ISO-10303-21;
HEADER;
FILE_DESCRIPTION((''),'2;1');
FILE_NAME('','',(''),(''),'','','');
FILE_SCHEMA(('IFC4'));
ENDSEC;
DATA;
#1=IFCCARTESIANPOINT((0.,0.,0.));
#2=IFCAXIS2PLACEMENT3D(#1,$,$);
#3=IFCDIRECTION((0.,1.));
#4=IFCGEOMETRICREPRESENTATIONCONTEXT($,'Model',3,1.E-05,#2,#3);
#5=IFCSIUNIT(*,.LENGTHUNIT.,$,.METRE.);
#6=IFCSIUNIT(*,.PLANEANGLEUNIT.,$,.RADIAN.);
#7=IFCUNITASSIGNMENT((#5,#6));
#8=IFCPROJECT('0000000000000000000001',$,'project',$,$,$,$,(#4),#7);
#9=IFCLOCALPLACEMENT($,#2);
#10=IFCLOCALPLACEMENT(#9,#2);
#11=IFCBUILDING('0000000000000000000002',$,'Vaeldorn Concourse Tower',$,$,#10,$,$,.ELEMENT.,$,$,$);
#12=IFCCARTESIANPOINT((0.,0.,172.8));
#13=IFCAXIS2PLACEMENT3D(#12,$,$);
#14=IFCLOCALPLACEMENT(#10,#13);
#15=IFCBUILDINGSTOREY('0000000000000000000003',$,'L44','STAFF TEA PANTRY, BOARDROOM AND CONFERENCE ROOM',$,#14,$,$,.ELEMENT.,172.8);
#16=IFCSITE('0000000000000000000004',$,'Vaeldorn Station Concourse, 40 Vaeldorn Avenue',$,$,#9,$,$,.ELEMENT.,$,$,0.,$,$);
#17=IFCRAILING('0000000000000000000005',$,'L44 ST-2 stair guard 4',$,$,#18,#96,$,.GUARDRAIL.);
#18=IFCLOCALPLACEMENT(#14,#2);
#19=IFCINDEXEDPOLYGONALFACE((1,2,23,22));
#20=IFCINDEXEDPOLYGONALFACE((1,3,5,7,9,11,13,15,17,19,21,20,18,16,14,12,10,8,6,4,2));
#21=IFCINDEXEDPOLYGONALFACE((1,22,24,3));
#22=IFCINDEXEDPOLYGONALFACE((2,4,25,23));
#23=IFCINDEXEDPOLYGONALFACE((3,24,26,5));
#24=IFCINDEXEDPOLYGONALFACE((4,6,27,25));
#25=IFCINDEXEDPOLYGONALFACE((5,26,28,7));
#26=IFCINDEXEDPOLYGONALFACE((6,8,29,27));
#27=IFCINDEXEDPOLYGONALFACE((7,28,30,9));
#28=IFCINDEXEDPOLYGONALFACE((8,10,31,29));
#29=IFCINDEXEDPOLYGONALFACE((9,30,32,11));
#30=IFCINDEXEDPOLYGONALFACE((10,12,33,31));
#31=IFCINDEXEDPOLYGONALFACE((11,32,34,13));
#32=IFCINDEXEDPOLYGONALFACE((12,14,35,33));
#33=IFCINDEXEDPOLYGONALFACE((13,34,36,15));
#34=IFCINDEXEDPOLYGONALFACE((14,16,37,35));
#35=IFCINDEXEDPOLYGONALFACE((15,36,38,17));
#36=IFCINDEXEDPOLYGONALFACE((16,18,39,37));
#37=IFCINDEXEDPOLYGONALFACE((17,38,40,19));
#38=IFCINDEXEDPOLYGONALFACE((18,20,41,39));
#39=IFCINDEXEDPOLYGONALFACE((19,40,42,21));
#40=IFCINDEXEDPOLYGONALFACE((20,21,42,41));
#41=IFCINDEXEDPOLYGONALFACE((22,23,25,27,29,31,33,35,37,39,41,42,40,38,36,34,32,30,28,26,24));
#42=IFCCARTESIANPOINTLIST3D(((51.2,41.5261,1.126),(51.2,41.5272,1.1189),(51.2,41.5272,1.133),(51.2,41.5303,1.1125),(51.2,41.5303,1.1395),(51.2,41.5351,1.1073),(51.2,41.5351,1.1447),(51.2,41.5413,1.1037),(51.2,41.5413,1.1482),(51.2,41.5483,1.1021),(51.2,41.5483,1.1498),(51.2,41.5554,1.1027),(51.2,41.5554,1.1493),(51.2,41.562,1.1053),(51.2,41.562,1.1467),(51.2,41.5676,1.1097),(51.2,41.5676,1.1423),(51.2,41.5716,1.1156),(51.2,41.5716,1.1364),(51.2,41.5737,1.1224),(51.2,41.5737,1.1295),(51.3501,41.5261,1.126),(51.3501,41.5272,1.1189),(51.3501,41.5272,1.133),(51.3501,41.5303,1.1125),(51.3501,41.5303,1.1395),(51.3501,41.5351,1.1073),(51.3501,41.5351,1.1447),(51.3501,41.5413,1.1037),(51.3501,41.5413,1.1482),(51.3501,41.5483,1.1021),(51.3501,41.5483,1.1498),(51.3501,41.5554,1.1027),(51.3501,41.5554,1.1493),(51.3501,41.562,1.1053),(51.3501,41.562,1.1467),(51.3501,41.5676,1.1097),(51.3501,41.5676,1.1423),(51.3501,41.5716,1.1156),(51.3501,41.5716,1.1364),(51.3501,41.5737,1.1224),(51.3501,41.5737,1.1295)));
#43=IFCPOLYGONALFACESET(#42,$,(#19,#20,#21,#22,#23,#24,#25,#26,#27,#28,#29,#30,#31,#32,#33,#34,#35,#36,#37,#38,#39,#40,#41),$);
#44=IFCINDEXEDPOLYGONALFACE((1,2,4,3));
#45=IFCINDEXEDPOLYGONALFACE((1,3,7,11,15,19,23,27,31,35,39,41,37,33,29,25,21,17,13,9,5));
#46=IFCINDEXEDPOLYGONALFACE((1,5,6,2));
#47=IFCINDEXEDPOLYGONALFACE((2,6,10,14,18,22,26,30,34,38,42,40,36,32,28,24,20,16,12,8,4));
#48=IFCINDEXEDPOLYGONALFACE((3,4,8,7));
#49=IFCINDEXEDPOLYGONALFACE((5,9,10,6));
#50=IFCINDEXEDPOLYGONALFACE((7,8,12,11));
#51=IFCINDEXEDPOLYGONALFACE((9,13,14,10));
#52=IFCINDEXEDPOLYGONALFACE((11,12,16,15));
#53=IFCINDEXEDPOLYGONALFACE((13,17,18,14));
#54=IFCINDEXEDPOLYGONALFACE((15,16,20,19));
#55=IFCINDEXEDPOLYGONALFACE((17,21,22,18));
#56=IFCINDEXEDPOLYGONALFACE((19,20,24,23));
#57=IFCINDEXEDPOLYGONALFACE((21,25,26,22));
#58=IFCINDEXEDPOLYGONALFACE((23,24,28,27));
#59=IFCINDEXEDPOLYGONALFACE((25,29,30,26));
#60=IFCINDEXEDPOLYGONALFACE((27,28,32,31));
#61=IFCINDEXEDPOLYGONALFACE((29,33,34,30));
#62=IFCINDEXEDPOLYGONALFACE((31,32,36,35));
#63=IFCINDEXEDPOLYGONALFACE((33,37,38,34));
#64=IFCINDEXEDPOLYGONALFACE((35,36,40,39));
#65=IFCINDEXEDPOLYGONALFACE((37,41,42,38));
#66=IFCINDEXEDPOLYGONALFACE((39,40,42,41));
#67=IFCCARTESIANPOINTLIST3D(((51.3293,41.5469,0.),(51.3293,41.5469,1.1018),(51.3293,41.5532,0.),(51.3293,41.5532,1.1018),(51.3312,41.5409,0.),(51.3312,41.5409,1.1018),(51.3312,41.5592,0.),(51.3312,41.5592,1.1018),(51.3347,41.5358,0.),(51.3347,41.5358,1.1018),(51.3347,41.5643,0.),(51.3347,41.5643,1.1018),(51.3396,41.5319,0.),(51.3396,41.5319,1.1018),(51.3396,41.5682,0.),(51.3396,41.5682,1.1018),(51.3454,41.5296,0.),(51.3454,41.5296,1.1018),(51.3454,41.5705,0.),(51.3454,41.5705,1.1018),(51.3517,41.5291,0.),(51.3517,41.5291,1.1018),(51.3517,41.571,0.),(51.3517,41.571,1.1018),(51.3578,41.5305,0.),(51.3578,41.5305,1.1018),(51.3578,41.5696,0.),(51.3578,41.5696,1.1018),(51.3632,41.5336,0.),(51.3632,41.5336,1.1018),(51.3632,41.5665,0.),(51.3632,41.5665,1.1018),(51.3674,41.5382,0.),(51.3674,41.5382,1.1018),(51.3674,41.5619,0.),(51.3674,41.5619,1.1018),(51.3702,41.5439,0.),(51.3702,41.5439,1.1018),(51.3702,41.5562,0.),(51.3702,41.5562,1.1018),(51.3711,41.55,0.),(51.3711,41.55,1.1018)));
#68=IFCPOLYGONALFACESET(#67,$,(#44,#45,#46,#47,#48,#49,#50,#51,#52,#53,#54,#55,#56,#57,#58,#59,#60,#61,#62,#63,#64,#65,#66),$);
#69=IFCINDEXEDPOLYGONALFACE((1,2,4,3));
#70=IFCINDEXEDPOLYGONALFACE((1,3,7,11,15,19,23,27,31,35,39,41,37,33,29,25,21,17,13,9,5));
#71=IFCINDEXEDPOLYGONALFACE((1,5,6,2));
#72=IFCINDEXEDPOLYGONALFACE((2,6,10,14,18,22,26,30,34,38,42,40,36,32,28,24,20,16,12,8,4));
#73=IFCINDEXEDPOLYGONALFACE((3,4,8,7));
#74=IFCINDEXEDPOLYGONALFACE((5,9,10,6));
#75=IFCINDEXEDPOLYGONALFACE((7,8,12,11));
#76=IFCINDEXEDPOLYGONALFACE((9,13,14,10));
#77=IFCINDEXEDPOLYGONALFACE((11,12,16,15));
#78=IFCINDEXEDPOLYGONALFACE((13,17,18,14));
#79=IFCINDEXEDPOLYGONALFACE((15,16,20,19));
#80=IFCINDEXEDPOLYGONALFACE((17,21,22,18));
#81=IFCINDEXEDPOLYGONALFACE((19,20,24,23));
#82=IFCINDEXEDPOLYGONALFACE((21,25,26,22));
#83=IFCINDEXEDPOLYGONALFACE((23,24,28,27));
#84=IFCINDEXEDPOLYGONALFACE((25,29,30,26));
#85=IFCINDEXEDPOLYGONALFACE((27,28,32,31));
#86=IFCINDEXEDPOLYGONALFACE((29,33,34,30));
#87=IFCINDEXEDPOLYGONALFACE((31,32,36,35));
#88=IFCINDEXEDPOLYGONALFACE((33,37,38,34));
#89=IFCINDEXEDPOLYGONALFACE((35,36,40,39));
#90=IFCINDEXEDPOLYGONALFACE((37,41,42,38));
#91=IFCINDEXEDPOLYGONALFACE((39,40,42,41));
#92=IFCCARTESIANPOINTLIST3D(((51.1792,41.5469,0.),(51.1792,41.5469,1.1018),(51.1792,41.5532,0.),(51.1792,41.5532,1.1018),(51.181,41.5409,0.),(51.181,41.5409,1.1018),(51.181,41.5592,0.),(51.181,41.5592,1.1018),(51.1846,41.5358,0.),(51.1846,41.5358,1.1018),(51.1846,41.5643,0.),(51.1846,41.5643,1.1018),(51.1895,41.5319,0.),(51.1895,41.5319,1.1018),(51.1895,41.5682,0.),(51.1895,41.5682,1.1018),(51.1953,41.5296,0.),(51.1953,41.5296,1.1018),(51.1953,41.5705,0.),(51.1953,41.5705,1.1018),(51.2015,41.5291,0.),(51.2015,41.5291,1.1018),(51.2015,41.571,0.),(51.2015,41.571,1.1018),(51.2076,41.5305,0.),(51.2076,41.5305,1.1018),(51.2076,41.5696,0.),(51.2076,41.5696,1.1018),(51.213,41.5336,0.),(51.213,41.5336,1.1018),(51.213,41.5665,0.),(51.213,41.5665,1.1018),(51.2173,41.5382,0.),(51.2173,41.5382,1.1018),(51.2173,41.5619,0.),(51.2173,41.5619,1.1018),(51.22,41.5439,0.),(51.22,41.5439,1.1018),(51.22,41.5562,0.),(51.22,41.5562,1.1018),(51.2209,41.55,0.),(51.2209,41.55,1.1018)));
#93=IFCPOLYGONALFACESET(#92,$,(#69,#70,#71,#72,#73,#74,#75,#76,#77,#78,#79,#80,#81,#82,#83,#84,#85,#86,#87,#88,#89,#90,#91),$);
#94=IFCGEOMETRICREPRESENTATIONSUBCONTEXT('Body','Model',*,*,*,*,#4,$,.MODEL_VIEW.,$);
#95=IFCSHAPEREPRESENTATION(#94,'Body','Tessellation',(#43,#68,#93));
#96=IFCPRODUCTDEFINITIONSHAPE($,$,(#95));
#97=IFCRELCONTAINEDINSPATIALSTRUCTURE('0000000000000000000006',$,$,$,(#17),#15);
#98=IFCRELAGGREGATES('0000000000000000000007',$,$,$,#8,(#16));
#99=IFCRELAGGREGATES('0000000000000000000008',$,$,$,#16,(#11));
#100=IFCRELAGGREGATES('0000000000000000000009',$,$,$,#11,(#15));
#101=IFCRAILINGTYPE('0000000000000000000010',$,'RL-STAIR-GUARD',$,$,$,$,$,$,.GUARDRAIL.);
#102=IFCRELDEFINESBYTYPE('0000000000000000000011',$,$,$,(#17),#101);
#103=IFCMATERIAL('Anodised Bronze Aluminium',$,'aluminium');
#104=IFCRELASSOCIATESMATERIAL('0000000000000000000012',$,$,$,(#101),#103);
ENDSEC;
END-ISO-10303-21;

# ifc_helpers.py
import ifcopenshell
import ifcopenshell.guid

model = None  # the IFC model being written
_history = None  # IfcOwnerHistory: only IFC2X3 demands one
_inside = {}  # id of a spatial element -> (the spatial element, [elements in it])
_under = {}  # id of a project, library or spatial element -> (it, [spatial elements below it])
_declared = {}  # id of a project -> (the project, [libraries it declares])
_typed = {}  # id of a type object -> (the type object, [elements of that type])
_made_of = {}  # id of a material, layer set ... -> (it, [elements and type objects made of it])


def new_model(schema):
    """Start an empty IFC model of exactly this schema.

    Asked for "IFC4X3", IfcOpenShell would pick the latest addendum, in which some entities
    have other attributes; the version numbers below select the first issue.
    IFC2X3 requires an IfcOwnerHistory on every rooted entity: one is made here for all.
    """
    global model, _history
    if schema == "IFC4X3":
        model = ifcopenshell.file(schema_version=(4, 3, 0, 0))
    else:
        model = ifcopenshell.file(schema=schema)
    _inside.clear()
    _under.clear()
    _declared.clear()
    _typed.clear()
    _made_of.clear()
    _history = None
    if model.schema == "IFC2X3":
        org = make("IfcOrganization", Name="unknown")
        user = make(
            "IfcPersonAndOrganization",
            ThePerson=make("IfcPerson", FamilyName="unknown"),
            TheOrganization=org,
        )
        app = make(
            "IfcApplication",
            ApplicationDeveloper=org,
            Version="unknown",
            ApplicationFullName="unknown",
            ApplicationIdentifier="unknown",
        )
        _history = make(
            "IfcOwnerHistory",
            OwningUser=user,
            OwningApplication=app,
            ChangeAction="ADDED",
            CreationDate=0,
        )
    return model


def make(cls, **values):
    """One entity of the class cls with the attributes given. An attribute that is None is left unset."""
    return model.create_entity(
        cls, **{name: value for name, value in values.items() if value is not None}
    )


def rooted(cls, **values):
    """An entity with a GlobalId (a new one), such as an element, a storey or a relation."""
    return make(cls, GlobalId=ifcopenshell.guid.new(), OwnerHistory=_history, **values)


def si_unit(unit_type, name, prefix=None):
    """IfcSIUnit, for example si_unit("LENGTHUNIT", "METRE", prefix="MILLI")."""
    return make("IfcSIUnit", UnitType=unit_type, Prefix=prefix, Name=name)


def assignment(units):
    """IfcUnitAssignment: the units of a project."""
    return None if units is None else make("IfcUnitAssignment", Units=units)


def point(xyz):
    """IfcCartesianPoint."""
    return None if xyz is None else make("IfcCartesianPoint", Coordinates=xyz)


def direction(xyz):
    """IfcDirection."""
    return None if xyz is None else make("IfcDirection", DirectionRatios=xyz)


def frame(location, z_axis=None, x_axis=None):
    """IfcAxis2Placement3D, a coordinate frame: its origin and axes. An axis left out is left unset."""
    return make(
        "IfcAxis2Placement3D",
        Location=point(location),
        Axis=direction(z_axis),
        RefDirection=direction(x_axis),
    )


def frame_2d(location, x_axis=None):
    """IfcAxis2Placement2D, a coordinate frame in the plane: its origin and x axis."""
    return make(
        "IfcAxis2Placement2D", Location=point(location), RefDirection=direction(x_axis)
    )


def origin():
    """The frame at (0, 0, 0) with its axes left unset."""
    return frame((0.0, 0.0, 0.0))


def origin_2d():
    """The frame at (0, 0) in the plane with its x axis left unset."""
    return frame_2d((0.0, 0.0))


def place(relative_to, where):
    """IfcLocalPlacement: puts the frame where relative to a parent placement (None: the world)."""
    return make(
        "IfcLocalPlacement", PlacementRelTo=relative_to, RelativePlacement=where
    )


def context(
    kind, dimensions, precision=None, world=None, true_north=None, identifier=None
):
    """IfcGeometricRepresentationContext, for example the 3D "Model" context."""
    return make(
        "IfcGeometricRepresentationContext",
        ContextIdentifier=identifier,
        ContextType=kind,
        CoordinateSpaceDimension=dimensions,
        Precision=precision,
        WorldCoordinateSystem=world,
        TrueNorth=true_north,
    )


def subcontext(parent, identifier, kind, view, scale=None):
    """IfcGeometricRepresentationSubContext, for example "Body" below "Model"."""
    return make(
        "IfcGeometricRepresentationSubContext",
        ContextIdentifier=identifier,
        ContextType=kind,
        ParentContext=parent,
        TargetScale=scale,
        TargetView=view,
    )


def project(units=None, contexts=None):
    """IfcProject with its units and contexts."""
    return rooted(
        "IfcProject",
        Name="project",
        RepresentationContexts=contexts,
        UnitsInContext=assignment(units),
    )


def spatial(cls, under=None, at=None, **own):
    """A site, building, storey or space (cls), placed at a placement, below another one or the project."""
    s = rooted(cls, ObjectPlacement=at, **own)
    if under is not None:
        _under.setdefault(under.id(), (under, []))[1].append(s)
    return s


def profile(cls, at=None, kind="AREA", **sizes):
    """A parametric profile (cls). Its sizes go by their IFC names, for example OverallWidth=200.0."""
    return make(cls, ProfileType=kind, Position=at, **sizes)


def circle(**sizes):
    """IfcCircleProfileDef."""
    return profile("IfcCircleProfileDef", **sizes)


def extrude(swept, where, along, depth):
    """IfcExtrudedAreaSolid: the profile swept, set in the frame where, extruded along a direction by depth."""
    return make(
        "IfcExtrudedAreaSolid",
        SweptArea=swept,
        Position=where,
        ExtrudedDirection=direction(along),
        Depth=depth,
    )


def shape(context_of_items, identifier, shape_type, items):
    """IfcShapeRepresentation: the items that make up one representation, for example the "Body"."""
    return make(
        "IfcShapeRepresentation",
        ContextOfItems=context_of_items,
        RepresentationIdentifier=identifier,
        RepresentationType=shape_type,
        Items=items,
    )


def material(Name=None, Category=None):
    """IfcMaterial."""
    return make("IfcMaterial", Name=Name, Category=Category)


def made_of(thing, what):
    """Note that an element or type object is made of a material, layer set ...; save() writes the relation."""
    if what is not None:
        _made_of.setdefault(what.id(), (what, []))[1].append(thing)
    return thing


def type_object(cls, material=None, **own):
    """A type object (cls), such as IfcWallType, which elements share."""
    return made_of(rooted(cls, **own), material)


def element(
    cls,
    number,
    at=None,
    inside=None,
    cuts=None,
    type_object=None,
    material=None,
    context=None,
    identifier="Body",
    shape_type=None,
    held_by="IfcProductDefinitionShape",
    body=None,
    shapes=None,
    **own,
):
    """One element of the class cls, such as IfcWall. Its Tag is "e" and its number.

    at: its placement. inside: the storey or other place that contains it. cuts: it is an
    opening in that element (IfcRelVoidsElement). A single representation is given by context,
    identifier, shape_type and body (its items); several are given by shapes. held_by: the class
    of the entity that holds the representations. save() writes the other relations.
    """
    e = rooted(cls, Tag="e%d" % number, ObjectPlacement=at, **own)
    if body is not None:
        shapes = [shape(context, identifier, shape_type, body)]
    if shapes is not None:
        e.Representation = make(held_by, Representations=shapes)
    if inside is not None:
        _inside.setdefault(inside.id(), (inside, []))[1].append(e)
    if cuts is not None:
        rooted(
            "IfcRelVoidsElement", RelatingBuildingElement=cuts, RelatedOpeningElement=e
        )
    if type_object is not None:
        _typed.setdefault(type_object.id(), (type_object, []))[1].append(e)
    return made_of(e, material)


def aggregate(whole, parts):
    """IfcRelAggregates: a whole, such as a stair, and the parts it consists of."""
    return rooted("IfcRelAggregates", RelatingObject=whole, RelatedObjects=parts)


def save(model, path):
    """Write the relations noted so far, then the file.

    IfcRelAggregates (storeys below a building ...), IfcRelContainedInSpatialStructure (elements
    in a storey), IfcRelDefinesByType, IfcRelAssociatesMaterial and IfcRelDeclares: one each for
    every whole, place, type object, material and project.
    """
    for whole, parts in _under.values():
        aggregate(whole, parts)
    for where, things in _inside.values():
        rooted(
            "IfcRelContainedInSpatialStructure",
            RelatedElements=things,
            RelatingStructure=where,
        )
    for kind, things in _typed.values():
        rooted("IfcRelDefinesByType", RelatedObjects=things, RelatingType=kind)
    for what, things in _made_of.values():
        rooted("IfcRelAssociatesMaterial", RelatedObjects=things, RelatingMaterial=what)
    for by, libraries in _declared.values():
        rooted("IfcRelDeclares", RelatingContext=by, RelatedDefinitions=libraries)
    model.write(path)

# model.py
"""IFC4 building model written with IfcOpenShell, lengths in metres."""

from ifc_helpers import new_model, si_unit, direction, frame, origin, origin_2d, place, context, subcontext, project, spatial, circle, extrude, material, type_object, element, save


model = new_model("IFC4")

# Units and contexts
model_context = context("Model", 3, precision=1e-05, world=origin(), true_north=direction((0.0, 1.0)))
body_context = subcontext(model_context, "Body", "Model", "MODEL_VIEW")
ifc_project = project(units=[si_unit("LENGTHUNIT", "METRE"), si_unit("PLANEANGLEUNIT", "RADIAN")], contexts=[model_context])

# Site, building, storey
site_placement = place(None, origin())
site = spatial("IfcSite", under=ifc_project, at=site_placement, Name="Vaeldorn Station Concourse, 40 Vaeldorn Avenue", CompositionType="ELEMENT", RefElevation=0.0)
building_placement = place(site_placement, origin())
building = spatial("IfcBuilding", under=site, at=building_placement, Name="Vaeldorn Concourse Tower", CompositionType="ELEMENT")
storey_placement = place(building_placement, frame((0.0, 0.0, 172.8)))
storey = spatial("IfcBuildingStorey", under=building, at=storey_placement, Name="L44", Description="STAFF TEA PANTRY, BOARDROOM AND CONFERENCE ROOM", CompositionType="ELEMENT", Elevation=172.8)

# Shared definitions
ifc_material_1 = material(Name="Anodised Bronze Aluminium", Category="aluminium")

# Railing
railing_type_1 = type_object("IfcRailingType", Name="RL-STAIR-GUARD", PredefinedType="GUARDRAIL", material=ifc_material_1)
railing_1_placement = place(storey_placement, frame((51.3501, 41.55, 0.0)))
element("IfcRailing", 1, at=railing_1_placement, inside=storey, type_object=railing_type_1, Name="L44 ST-2 stair guard 4", PredefinedType="GUARDRAIL", context=body_context, shape_type="SweptSolid", body=[
    extrude(circle(Radius=0.0239, at=origin_2d()), frame((0.0, 0.0, 1.126), z_axis=(-1.0, 0.0, 0.0), x_axis=(0.0, -1.0, 0.0)), (0.0, 0.0, 1.0), 0.1501),
    extrude(circle(Radius=0.021, at=origin_2d()), origin(), (0.0, 0.0, 1.0), 1.1018),
    extrude(circle(Radius=0.021, at=origin_2d()), frame((-0.1501, 0.0, 0.0)), (0.0, 0.0, 1.0), 1.1018),
])

save(model, "model.ifc")
